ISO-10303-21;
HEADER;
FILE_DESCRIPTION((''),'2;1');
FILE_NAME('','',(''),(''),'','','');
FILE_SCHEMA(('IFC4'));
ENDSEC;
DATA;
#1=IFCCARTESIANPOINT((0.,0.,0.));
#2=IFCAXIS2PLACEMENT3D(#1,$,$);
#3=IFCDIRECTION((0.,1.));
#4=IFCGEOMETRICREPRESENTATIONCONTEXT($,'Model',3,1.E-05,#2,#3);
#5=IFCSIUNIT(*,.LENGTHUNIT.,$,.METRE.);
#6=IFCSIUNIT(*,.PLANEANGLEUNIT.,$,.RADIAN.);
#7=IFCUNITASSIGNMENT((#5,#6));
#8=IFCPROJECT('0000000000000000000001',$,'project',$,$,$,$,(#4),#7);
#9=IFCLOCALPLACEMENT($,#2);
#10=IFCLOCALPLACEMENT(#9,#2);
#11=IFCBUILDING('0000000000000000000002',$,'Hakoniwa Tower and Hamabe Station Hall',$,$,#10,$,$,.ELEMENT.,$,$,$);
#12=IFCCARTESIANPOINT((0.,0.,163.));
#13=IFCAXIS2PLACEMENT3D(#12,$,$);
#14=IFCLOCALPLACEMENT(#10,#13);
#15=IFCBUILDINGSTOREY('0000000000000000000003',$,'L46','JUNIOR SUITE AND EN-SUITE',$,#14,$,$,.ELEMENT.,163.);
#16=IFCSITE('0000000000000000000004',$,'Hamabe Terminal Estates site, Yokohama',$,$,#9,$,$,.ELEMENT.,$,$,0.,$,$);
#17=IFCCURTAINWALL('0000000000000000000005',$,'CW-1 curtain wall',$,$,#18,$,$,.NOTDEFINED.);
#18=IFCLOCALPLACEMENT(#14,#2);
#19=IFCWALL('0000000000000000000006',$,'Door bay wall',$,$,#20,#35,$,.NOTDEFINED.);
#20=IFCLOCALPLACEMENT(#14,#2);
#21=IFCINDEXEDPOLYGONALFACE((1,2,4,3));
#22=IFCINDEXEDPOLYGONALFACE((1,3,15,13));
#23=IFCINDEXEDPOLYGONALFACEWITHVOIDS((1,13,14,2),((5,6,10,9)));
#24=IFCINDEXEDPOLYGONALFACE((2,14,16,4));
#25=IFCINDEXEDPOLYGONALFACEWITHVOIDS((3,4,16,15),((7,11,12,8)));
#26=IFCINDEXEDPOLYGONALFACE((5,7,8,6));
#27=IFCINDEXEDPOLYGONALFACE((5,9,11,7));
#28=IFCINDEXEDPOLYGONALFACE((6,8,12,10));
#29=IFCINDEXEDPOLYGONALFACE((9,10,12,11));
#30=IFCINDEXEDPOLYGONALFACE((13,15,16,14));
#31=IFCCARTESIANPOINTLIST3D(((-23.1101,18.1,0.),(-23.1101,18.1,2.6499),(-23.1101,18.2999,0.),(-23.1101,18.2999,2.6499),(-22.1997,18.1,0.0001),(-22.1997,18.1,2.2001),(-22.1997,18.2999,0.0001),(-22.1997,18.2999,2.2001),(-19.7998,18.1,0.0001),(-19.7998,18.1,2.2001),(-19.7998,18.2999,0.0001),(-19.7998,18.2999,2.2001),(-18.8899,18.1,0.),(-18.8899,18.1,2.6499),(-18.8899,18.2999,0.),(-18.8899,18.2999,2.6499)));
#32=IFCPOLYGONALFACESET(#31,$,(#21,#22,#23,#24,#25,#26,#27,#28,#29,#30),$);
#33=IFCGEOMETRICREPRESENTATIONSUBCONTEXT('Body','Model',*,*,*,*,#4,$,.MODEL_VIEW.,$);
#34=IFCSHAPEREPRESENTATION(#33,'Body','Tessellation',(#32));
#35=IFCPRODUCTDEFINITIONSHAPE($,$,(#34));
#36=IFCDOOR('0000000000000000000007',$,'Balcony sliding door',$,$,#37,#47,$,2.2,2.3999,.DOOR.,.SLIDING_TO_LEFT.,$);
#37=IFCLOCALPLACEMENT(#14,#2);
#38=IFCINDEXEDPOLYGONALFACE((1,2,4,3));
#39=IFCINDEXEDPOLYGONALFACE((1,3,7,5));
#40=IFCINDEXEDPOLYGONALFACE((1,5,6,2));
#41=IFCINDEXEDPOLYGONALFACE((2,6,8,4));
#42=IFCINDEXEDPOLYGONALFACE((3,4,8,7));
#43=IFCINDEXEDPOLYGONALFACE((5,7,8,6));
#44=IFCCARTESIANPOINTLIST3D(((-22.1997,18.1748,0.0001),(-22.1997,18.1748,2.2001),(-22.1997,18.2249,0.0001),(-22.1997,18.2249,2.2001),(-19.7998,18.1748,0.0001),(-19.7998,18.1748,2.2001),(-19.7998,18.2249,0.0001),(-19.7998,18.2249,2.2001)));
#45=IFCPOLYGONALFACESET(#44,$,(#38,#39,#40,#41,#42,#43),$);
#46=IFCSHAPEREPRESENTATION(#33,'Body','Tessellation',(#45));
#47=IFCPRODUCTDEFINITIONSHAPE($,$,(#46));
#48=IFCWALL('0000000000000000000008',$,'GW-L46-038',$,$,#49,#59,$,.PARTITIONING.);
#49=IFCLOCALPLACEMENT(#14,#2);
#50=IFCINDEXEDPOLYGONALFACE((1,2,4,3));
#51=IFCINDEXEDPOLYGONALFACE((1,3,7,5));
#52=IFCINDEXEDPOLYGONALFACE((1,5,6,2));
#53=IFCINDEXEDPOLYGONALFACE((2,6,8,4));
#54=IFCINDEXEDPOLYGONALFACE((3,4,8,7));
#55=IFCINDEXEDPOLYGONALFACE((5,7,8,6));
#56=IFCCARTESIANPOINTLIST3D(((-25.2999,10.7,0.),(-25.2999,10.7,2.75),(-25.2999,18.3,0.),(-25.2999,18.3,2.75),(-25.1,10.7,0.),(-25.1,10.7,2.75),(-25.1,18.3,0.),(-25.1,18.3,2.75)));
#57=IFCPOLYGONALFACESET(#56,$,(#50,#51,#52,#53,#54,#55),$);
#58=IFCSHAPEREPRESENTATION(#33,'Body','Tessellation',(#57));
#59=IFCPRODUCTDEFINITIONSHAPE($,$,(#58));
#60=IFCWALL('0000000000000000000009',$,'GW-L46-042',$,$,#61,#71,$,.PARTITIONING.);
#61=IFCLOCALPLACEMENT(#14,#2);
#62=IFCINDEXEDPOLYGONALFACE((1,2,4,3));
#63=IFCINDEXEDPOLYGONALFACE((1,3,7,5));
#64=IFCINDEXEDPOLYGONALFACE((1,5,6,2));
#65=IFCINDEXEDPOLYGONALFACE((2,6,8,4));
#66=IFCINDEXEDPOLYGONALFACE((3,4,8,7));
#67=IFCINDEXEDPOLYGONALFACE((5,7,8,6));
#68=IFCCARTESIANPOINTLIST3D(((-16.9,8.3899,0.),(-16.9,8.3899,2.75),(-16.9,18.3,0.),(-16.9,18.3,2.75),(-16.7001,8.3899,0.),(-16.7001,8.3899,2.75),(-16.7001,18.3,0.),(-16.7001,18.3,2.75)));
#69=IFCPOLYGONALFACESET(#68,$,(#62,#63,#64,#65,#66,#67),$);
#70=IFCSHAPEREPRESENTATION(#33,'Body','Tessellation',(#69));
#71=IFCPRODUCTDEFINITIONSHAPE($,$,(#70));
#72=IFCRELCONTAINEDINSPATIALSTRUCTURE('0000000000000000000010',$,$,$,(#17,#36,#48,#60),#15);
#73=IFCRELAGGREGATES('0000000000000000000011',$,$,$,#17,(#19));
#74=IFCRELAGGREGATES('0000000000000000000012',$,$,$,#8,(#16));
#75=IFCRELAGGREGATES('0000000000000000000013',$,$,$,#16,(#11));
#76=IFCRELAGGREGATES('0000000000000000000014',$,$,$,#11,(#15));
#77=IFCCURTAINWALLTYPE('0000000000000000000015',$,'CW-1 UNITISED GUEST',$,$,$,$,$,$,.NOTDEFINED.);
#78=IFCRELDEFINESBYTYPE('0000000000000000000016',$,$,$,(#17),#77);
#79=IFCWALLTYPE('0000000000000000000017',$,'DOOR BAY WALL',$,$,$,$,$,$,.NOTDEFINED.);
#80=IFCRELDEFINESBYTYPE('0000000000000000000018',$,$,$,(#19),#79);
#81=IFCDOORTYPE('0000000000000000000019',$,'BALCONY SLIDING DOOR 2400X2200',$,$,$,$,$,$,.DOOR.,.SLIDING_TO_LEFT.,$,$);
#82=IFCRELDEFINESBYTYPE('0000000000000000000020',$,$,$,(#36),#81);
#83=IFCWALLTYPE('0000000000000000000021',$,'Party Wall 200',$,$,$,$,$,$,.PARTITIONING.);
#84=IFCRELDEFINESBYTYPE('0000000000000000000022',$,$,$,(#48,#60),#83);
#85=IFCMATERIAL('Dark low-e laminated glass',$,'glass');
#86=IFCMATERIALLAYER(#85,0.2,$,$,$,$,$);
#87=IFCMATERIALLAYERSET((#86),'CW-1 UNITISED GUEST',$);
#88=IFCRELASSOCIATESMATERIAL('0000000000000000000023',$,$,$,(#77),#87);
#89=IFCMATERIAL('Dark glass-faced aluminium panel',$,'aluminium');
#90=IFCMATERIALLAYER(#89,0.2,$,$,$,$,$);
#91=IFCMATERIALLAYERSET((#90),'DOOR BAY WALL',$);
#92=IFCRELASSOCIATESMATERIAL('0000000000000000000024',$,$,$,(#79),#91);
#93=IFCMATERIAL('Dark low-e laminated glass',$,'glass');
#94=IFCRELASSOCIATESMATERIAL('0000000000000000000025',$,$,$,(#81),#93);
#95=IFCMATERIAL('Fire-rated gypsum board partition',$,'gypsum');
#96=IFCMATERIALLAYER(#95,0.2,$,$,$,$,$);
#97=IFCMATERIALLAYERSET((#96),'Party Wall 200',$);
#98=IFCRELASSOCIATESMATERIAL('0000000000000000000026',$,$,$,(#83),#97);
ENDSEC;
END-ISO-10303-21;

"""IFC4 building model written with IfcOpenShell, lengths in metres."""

from ifc_helpers import new_model, si_unit, direction, frame, frame_2d, origin, place, context, subcontext, project, spatial, rectangle, extrude, material, layer, layer_set, type_object, element, fill, aggregate, save


model = new_model("IFC4")

# Units and contexts
model_context = context("Model", 3, precision=1e-05, world=origin(), true_north=direction((0.0, 1.0)))
body_context = subcontext(model_context, "Body", "Model", "MODEL_VIEW")
ifc_project = project(units=[si_unit("LENGTHUNIT", "METRE"), si_unit("PLANEANGLEUNIT", "RADIAN")], contexts=[model_context])

# Site, building, storey
site_placement = place(None, origin())
site = spatial("IfcSite", under=ifc_project, at=site_placement, Name="Hamabe Terminal Estates site, Yokohama", CompositionType="ELEMENT", RefElevation=0.0)
building_placement = place(site_placement, origin())
building = spatial("IfcBuilding", under=site, at=building_placement, Name="Hakoniwa Tower and Hamabe Station Hall", CompositionType="ELEMENT")
storey_placement = place(building_placement, frame((0.0, 0.0, 163.0)))
storey = spatial("IfcBuildingStorey", under=building, at=storey_placement, Name="L46", Description="JUNIOR SUITE AND EN-SUITE", CompositionType="ELEMENT", Elevation=163.0)

# Curtain wall
ifc_material_1 = material(Name="Dark low-e laminated glass", Category="glass")
ifc_layer_1 = layer(ifc_material_1, 0.2)
ifc_layer_set_1 = layer_set([ifc_layer_1], Name="CW-1 UNITISED GUEST")
curtain_wall_type = type_object("IfcCurtainWallType", Name="CW-1 UNITISED GUEST", PredefinedType="NOTDEFINED", material=ifc_layer_set_1)
curtain_wall_placement = place(storey_placement, origin())
curtain_wall = element("IfcCurtainWall", 1, at=curtain_wall_placement, inside=storey, type_object=curtain_wall_type, Name="CW-1 curtain wall", PredefinedType="NOTDEFINED")

# Wall, opening, door
ifc_material_2 = material(Name="Dark glass-faced aluminium panel", Category="aluminium")
ifc_layer_2 = layer(ifc_material_2, 0.2)
ifc_layer_set_2 = layer_set([ifc_layer_2], Name="DOOR BAY WALL")
wall_type_1 = type_object("IfcWallType", Name="DOOR BAY WALL", PredefinedType="NOTDEFINED", material=ifc_layer_set_2)
wall_1_placement = place(storey_placement, frame((-18.8899, 18.2, 0.0), z_axis=(0.0, 0.0, 1.0), x_axis=(-1.0, 0.0, 0.0)))
wall_1 = element("IfcWall", 2, at=wall_1_placement, type_object=wall_type_1, Name="Door bay wall", PredefinedType="NOTDEFINED", context=body_context, shape_type="SweptSolid", body=[
    extrude(rectangle(XDim=4.2202, YDim=0.2, at=frame_2d((2.1101, 0.0))), origin(), (0.0, 0.0, 1.0), 2.6499),
])
opening_1_placement = place(wall_1_placement, frame((0.9099, 0.0, 0.0)))
opening_1 = element("IfcOpeningElement", 3, at=opening_1_placement, cuts=wall_1, PredefinedType="OPENING", context=body_context, shape_type="SweptSolid", body=[
    extrude(rectangle(XDim=2.3999, YDim=2.2, at=frame_2d((1.2, 1.1001))), frame((0.0, 0.1099, 0.0), z_axis=(0.0, -1.0, 0.0), x_axis=(1.0, 0.0, 0.0)), (0.0, 0.0, 1.0), 0.22),
])
ifc_material_3 = material(Name="Dark low-e laminated glass", Category="glass")
door_type_1 = type_object("IfcDoorType", Name="BALCONY SLIDING DOOR 2400X2200", OperationType="SLIDING_TO_LEFT", PredefinedType="DOOR", material=ifc_material_3)
door_1_placement = place(opening_1_placement, frame((2.3999, 0.0, 0.0), z_axis=(0.0, 0.0, 1.0), x_axis=(-1.0, 0.0, 0.0)))
door_1 = element("IfcDoor", 4, at=door_1_placement, inside=storey, type_object=door_type_1, Name="Balcony sliding door", OperationType="SLIDING_TO_LEFT", OverallHeight=2.2, OverallWidth=2.3999, PredefinedType="DOOR", context=body_context, shape_type="SweptSolid", body=[
    extrude(rectangle(XDim=2.3999, YDim=2.2, at=frame_2d((1.2, 1.1001))), frame((0.0, 0.0249, 0.0), z_axis=(0.0, -1.0, 0.0), x_axis=(1.0, 0.0, 0.0)), (0.0, 0.0, 1.0), 0.05),
])
fill(opening_1, door_1)
aggregate(curtain_wall, [wall_1])

# Walls
ifc_material_4 = material(Name="Fire-rated gypsum board partition", Category="gypsum")
ifc_layer_3 = layer(ifc_material_4, 0.2)
ifc_layer_set_3 = layer_set([ifc_layer_3], Name="Party Wall 200")
wall_type_2 = type_object("IfcWallType", Name="Party Wall 200", PredefinedType="PARTITIONING", material=ifc_layer_set_3)
wall_2_placement = place(storey_placement, frame((-25.2, 10.7, 0.0), z_axis=(0.0, 0.0, 1.0), x_axis=(0.0, 1.0, 0.0)))
element("IfcWall", 5, at=wall_2_placement, inside=storey, type_object=wall_type_2, Name="GW-L46-038", PredefinedType="PARTITIONING", context=body_context, shape_type="SweptSolid", body=[
    extrude(rectangle(XDim=7.6001, YDim=0.2, at=frame_2d((3.8, 0.0))), origin(), (0.0, 0.0, 1.0), 2.75),
])
wall_3_placement = place(storey_placement, frame((-16.8, 8.3899, 0.0), z_axis=(0.0, 0.0, 1.0), x_axis=(0.0, 1.0, 0.0)))
element("IfcWall", 6, at=wall_3_placement, inside=storey, type_object=wall_type_2, Name="GW-L46-042", PredefinedType="PARTITIONING", context=body_context, shape_type="SweptSolid", body=[
    extrude(rectangle(XDim=9.9102, YDim=0.2, at=frame_2d((4.9551, 0.0))), origin(), (0.0, 0.0, 1.0), 2.75),
])

save(model, "model.ifc")
